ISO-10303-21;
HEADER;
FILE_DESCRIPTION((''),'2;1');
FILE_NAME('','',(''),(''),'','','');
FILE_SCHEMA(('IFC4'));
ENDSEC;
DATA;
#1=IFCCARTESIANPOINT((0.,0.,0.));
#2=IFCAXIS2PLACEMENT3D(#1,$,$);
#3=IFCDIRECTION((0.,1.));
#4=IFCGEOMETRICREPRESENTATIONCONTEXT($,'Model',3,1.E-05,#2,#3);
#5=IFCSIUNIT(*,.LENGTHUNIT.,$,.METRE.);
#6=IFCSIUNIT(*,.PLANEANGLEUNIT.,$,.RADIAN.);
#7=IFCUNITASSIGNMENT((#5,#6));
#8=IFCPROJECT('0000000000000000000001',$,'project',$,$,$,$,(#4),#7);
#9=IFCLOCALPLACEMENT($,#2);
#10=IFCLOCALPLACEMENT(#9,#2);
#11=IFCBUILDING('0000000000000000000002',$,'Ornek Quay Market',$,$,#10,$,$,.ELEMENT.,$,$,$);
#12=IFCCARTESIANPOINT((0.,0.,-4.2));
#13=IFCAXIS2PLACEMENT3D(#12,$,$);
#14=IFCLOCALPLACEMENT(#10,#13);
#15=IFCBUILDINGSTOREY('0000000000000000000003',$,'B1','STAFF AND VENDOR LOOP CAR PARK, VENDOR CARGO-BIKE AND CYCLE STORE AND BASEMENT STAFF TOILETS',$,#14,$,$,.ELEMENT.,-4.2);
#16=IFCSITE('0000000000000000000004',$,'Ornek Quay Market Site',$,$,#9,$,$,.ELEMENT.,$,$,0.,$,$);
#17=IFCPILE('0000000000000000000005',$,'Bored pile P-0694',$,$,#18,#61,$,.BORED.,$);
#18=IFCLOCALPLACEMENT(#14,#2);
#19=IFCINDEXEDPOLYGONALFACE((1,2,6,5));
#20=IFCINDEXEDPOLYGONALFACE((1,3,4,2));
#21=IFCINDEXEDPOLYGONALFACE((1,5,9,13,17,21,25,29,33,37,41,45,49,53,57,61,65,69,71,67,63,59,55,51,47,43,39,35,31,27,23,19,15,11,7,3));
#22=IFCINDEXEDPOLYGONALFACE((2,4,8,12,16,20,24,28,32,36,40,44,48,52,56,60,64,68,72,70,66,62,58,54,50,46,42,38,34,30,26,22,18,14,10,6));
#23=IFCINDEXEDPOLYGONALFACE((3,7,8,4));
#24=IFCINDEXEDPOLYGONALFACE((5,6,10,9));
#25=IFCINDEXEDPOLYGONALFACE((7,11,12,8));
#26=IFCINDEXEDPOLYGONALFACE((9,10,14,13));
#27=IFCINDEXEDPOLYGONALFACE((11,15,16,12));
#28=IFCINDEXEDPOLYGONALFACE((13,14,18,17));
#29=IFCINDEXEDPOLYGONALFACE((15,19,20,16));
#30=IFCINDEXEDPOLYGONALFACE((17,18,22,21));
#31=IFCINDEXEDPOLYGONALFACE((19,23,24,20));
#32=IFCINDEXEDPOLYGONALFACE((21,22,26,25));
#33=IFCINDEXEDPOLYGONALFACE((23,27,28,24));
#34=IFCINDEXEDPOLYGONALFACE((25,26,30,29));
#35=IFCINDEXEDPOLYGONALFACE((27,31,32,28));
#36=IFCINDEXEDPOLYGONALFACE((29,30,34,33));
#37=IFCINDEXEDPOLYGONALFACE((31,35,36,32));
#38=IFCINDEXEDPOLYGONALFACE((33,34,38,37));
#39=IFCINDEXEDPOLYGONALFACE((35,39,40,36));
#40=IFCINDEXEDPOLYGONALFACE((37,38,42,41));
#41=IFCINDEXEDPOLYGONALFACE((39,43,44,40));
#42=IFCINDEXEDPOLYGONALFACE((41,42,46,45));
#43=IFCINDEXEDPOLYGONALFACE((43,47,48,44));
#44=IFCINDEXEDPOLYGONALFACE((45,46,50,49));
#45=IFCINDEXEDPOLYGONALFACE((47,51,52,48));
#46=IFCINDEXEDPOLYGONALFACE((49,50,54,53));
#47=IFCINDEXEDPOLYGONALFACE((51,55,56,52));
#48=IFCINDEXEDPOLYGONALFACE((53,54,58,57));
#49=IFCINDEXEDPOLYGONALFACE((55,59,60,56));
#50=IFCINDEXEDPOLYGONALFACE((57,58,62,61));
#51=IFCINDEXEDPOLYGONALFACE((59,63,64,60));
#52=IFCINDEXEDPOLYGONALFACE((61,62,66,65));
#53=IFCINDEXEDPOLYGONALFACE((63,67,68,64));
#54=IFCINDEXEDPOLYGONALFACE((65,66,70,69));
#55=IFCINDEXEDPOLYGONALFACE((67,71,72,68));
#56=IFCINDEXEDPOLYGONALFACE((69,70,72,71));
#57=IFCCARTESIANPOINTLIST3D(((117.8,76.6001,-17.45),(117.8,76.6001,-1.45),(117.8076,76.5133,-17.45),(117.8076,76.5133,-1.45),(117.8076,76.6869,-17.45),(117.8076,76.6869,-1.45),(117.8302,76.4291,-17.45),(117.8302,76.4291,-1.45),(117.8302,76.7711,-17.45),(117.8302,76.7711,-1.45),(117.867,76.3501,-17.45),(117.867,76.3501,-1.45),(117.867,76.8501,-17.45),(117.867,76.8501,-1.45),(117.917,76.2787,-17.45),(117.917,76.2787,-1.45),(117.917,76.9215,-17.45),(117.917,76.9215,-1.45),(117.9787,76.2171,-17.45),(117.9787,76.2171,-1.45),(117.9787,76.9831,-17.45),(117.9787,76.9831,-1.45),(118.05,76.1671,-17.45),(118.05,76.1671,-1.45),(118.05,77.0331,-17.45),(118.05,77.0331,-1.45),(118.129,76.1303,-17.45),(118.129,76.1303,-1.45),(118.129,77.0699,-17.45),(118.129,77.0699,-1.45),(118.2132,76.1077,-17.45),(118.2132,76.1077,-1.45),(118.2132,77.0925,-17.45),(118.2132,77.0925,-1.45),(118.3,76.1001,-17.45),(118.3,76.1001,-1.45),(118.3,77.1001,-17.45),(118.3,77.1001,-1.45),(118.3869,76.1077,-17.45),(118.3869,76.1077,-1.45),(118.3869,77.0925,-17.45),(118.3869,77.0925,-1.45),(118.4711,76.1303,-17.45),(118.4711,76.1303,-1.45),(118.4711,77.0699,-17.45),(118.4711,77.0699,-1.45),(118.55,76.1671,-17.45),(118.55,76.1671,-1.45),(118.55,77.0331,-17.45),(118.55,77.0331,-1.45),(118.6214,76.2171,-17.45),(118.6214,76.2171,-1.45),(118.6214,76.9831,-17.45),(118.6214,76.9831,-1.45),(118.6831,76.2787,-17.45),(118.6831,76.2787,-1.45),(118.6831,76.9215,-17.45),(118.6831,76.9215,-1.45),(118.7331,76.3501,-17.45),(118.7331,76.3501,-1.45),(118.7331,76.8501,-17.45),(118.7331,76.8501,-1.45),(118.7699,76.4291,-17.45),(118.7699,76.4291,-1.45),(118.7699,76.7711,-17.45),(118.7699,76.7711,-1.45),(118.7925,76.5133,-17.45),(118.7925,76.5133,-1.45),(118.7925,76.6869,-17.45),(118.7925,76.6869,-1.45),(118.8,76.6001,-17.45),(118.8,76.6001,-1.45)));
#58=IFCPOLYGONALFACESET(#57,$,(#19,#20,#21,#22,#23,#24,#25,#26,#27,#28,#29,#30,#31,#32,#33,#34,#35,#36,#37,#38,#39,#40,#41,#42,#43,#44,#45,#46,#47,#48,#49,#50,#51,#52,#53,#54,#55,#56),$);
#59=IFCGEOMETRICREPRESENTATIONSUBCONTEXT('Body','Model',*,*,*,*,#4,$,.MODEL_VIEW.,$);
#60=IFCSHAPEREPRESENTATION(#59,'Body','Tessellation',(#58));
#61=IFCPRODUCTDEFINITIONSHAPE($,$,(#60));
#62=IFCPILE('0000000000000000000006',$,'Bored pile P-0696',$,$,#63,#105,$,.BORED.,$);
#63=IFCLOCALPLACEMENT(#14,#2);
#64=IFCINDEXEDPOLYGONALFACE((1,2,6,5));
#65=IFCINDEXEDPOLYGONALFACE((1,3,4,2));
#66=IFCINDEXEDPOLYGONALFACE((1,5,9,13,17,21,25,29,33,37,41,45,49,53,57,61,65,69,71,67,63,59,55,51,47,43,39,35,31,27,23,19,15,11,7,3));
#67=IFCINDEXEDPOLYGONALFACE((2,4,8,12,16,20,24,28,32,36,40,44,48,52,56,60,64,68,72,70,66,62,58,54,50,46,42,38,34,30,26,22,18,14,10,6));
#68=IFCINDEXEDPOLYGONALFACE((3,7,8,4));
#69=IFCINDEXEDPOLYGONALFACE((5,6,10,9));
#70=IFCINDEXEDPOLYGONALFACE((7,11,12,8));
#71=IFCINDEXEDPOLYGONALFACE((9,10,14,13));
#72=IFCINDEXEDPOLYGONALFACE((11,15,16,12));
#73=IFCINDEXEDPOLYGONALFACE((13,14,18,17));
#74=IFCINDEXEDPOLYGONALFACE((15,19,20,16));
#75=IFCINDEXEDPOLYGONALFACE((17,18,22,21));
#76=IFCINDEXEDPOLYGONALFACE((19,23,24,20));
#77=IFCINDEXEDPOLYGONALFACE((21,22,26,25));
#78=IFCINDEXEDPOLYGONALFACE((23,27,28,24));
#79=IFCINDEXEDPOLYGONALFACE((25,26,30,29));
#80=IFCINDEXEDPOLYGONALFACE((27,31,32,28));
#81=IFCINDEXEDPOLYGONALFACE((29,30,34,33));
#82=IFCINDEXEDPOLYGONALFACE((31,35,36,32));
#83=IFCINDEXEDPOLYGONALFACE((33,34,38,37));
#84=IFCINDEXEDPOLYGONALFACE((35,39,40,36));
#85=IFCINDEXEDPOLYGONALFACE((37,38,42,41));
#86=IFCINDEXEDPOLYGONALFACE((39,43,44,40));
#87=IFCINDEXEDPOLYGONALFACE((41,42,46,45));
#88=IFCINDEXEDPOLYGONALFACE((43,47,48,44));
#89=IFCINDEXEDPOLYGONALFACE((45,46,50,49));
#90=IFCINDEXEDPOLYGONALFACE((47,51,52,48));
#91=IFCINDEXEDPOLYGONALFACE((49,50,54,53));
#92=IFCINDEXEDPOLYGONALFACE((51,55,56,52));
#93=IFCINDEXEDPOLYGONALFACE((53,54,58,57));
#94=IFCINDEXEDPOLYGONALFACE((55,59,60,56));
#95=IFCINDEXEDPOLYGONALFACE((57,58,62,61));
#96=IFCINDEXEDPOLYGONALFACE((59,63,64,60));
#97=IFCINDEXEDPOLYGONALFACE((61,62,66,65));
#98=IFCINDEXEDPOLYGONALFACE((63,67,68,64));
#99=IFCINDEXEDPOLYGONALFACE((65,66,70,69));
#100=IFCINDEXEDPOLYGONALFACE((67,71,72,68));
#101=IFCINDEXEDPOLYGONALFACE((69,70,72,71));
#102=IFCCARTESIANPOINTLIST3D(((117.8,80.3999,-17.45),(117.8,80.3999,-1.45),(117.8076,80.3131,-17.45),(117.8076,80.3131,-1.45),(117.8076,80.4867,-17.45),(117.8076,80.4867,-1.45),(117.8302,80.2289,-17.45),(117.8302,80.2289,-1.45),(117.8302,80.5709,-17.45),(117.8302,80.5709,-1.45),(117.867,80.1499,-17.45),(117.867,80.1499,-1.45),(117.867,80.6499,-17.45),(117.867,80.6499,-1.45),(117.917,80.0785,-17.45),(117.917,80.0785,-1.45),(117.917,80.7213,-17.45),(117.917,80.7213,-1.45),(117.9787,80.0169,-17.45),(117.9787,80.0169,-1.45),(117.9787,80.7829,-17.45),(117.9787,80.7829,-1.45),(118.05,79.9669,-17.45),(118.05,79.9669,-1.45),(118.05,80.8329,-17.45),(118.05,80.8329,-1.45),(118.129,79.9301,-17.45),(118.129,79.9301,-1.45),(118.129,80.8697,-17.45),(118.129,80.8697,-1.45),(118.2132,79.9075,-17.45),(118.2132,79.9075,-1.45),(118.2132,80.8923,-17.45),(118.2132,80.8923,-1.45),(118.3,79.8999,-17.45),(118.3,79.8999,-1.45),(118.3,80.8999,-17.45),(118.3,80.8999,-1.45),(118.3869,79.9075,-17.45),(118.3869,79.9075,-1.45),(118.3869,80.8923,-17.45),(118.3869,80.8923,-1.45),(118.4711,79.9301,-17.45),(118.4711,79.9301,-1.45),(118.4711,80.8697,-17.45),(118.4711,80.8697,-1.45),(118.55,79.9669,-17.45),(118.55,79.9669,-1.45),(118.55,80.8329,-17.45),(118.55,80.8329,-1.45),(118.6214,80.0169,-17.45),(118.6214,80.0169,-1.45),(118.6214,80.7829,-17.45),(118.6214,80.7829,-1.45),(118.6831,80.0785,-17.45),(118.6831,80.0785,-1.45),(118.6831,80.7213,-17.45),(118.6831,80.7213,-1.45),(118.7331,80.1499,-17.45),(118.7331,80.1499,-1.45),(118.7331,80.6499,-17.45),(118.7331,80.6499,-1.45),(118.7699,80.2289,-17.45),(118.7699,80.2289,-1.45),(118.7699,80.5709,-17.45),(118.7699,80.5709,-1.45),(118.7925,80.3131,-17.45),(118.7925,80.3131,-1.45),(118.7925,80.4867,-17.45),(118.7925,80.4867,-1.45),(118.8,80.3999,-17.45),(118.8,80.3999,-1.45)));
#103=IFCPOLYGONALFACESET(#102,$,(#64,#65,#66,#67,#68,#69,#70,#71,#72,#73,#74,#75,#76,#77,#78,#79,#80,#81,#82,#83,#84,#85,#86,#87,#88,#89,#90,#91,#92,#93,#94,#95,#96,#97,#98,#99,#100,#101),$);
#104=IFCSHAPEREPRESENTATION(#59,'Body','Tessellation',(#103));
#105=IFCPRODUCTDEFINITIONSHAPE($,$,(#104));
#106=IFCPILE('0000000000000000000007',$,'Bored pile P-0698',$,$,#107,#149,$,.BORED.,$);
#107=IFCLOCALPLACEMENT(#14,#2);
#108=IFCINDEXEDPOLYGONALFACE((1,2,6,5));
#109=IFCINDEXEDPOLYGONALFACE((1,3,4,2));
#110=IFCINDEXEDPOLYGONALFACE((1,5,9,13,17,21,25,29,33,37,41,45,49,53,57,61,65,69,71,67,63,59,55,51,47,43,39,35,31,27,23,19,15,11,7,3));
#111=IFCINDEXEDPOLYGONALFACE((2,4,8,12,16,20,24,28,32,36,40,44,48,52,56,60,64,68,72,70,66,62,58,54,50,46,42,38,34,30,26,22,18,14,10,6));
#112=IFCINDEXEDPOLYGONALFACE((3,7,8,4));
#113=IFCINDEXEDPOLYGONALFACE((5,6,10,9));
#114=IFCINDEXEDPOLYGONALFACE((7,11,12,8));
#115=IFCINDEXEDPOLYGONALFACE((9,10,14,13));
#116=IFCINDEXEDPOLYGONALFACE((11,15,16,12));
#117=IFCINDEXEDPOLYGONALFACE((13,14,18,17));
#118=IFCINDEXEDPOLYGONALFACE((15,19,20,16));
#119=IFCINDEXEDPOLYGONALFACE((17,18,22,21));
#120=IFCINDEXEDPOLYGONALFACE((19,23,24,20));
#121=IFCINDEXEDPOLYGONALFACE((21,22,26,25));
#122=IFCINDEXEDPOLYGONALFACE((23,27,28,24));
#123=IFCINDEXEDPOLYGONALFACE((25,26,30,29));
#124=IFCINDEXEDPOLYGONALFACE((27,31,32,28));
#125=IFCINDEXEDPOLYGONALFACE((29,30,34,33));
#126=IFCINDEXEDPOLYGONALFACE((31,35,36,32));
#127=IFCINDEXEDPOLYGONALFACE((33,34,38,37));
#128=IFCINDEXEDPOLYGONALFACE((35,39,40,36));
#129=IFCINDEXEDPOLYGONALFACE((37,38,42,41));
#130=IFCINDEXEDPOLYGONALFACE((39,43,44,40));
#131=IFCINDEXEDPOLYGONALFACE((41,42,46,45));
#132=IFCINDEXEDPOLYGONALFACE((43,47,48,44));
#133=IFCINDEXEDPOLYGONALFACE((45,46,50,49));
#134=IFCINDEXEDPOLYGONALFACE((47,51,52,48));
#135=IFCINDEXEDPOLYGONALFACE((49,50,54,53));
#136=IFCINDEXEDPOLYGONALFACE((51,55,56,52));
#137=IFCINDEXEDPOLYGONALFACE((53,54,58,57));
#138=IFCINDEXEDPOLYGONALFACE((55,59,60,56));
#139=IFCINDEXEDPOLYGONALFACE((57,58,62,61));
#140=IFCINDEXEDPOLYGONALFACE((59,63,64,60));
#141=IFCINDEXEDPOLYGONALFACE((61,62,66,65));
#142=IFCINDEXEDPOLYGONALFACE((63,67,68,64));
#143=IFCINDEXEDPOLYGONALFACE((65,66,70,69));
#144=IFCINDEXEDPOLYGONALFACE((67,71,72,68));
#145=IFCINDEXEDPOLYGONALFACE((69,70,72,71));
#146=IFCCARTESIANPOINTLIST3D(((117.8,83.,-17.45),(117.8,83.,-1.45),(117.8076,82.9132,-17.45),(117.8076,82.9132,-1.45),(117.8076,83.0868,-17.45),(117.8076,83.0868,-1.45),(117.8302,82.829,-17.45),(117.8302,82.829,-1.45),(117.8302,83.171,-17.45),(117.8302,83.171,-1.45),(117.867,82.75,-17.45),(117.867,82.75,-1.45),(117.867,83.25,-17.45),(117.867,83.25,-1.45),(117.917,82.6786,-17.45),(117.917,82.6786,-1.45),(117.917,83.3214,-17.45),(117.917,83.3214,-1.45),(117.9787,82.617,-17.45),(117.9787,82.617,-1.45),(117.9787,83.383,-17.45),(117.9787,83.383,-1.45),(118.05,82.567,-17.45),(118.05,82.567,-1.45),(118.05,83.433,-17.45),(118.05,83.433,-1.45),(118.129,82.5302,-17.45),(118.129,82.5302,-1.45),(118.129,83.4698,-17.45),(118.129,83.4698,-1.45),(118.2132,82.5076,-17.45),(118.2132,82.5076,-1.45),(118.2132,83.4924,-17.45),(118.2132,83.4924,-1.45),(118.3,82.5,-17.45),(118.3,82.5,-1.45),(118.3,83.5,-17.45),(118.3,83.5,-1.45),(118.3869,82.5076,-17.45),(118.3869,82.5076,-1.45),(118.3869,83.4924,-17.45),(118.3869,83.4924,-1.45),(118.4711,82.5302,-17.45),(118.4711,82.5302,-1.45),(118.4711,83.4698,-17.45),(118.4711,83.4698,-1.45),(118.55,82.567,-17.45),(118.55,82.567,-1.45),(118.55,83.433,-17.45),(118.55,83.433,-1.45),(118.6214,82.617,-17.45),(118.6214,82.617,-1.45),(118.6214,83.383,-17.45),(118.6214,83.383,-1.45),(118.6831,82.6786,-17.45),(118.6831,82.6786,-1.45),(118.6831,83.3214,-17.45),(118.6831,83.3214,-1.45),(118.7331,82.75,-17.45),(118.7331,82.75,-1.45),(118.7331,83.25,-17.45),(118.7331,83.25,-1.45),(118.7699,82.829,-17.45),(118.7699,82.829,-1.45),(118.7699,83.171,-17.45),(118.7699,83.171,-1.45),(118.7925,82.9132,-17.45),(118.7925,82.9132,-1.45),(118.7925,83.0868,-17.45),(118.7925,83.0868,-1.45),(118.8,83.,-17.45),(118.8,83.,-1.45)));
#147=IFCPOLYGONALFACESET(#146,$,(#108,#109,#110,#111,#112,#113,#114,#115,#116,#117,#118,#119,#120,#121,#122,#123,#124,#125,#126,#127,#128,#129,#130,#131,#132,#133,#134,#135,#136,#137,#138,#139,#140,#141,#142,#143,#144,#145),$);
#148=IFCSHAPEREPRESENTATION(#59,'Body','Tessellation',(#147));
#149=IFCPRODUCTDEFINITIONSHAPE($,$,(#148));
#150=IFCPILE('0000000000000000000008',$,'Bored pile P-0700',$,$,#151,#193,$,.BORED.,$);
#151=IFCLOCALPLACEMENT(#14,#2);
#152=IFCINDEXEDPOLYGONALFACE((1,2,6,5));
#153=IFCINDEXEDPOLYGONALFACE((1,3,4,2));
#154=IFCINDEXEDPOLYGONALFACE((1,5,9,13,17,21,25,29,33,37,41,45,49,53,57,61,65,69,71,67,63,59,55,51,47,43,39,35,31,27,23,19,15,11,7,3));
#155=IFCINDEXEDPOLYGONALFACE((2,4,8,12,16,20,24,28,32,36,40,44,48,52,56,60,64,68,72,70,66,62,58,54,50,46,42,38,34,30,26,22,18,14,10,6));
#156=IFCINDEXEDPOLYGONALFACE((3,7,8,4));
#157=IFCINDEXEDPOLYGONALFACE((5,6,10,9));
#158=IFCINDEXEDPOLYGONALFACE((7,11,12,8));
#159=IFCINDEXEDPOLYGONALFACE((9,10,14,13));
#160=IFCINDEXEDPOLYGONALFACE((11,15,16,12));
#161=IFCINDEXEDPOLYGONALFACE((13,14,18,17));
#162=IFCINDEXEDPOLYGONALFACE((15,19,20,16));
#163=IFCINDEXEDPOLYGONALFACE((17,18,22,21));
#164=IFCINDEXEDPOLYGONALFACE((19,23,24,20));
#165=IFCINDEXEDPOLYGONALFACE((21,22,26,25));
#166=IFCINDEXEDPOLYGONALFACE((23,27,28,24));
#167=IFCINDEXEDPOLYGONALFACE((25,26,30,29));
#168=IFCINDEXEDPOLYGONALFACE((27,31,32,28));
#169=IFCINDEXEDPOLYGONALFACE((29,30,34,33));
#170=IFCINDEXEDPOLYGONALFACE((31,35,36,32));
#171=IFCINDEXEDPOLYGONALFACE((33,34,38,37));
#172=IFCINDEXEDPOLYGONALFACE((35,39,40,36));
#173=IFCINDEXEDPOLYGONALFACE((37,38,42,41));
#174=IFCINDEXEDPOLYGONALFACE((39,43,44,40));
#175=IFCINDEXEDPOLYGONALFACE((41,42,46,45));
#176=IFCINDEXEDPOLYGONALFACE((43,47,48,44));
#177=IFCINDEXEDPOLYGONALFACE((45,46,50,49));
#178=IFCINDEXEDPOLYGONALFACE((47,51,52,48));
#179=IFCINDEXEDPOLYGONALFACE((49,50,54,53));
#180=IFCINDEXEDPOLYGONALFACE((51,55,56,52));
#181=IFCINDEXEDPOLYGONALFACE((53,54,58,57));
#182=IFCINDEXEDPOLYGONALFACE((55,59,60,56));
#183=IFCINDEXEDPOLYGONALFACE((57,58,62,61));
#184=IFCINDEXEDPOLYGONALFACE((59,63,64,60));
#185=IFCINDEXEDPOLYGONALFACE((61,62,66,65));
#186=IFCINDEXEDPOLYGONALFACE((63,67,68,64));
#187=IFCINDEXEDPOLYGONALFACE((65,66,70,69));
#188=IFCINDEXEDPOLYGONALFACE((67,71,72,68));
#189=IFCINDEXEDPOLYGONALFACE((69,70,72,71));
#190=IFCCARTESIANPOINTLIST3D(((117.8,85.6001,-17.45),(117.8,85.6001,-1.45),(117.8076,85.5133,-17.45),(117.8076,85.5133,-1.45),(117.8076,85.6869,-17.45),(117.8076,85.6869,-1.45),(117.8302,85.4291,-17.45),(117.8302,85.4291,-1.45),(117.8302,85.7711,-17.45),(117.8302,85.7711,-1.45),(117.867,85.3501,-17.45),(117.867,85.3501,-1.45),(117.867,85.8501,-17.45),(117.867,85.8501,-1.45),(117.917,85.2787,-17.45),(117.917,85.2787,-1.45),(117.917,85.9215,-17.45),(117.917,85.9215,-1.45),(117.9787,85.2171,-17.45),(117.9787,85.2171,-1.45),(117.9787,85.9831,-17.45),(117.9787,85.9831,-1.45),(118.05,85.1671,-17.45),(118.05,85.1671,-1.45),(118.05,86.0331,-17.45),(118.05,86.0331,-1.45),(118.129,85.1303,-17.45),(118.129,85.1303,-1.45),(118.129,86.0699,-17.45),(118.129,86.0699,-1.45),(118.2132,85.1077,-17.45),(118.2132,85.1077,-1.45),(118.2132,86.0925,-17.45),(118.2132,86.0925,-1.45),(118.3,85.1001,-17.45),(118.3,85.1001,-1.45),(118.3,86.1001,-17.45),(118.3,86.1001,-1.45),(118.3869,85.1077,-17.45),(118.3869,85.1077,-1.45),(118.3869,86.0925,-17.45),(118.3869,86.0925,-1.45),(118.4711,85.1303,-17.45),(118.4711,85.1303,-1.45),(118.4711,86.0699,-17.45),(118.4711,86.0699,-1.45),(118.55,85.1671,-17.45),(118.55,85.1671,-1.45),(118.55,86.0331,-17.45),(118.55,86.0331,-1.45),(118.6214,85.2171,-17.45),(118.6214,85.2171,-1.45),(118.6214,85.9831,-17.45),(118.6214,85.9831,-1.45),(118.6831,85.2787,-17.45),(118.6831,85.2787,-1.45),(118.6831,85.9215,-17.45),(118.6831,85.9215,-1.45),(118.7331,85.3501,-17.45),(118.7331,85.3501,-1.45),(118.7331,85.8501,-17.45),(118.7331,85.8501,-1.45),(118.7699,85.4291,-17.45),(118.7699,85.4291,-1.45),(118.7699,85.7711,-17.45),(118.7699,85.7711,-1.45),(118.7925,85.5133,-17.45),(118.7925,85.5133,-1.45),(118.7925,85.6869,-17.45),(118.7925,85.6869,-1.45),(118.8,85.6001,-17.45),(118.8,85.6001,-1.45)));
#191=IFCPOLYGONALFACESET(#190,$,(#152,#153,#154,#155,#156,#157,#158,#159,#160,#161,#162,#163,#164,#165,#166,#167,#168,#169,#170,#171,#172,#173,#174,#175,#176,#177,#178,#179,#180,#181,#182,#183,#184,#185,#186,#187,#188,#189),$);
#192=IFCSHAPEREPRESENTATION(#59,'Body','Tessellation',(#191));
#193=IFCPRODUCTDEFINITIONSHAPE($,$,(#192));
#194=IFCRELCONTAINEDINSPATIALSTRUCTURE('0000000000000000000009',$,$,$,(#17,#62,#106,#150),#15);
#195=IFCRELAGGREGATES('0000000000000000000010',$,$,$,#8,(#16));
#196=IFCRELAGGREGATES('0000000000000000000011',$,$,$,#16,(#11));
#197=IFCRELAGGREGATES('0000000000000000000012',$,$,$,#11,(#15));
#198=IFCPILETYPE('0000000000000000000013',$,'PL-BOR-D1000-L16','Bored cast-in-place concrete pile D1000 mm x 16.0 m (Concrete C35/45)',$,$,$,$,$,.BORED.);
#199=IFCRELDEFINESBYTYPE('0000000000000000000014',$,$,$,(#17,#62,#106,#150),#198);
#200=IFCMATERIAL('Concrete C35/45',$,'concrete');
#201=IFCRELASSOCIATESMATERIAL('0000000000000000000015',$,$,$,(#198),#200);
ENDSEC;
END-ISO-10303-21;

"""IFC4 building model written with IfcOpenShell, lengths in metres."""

from ifc_helpers import new_model, si_unit, direction, frame, origin, origin_2d, place, context, subcontext, project, spatial, circle, extrude, material, material_profile, profile_set, type_object, element, save


model = new_model("IFC4")

# Units and contexts
model_context = context("Model", 3, precision=1e-05, world=origin(), true_north=direction((0.0, 1.0)))
body_context = subcontext(model_context, "Body", "Model", "MODEL_VIEW")
ifc_project = project(units=[si_unit("LENGTHUNIT", "METRE"), si_unit("PLANEANGLEUNIT", "RADIAN")], contexts=[model_context])

# Site, building, storey
site_placement = place(None, origin())
site = spatial("IfcSite", under=ifc_project, at=site_placement, Name="Ornek Quay Market Site", CompositionType="ELEMENT", RefElevation=0.0)
building_placement = place(site_placement, origin())
building = spatial("IfcBuilding", under=site, at=building_placement, Name="Ornek Quay Market", CompositionType="ELEMENT")
storey_placement = place(building_placement, frame((0.0, 0.0, -4.2)))
storey = spatial("IfcBuildingStorey", under=building, at=storey_placement, Name="B1", Description="STAFF AND VENDOR LOOP CAR PARK, VENDOR CARGO-BIKE AND CYCLE STORE AND BASEMENT STAFF TOILETS", CompositionType="ELEMENT", Elevation=-4.2)

# Piles
ifc_material_1 = material(Name="Concrete C35/45", Category="concrete")
ifc_material_profile_1 = material_profile(ifc_material_1, circle(Radius=0.5, at=origin_2d()), Name="PILE D1000", Category="concrete")
ifc_profile_set_1 = profile_set([ifc_material_profile_1], Name="Concrete C35/45")
pile_type_1 = type_object("IfcPileType", Name="PL-BOR-D1000-L16", Description="Bored cast-in-place concrete pile D1000 mm x 16.0 m (Concrete C35/45)", PredefinedType="BORED", material=ifc_profile_set_1)
for number, where, z_axis, x_axis, name in (
    (1, (118.3, 76.6001, -1.45), (0.0, 0.0, -1.0), (1.0, 0.0, 0.0), "Bored pile P-0694"),
    (2, (118.3, 80.3999, -1.45), (0.0, 0.0, -1.0), (1.0, 0.0, 0.0), "Bored pile P-0696"),
    (3, (118.3, 83.0, -1.45), (0.0, 0.0, -1.0), (1.0, 0.0, 0.0), "Bored pile P-0698"),
    (4, (118.3, 85.6001, -1.45), (0.0, 0.0, -1.0), (1.0, 0.0, 0.0), "Bored pile P-0700"),
):
    element("IfcPile", number, at=place(storey_placement, frame(where, z_axis=z_axis, x_axis=x_axis)), inside=storey, type_object=pile_type_1, Name=name, PredefinedType="BORED", context=body_context, shape_type="SweptSolid", body=[
        extrude(circle(Radius=0.5, at=origin_2d()), origin(), (0.0, 0.0, 1.0), 16.0),
    ])

save(model, "model.ifc")
